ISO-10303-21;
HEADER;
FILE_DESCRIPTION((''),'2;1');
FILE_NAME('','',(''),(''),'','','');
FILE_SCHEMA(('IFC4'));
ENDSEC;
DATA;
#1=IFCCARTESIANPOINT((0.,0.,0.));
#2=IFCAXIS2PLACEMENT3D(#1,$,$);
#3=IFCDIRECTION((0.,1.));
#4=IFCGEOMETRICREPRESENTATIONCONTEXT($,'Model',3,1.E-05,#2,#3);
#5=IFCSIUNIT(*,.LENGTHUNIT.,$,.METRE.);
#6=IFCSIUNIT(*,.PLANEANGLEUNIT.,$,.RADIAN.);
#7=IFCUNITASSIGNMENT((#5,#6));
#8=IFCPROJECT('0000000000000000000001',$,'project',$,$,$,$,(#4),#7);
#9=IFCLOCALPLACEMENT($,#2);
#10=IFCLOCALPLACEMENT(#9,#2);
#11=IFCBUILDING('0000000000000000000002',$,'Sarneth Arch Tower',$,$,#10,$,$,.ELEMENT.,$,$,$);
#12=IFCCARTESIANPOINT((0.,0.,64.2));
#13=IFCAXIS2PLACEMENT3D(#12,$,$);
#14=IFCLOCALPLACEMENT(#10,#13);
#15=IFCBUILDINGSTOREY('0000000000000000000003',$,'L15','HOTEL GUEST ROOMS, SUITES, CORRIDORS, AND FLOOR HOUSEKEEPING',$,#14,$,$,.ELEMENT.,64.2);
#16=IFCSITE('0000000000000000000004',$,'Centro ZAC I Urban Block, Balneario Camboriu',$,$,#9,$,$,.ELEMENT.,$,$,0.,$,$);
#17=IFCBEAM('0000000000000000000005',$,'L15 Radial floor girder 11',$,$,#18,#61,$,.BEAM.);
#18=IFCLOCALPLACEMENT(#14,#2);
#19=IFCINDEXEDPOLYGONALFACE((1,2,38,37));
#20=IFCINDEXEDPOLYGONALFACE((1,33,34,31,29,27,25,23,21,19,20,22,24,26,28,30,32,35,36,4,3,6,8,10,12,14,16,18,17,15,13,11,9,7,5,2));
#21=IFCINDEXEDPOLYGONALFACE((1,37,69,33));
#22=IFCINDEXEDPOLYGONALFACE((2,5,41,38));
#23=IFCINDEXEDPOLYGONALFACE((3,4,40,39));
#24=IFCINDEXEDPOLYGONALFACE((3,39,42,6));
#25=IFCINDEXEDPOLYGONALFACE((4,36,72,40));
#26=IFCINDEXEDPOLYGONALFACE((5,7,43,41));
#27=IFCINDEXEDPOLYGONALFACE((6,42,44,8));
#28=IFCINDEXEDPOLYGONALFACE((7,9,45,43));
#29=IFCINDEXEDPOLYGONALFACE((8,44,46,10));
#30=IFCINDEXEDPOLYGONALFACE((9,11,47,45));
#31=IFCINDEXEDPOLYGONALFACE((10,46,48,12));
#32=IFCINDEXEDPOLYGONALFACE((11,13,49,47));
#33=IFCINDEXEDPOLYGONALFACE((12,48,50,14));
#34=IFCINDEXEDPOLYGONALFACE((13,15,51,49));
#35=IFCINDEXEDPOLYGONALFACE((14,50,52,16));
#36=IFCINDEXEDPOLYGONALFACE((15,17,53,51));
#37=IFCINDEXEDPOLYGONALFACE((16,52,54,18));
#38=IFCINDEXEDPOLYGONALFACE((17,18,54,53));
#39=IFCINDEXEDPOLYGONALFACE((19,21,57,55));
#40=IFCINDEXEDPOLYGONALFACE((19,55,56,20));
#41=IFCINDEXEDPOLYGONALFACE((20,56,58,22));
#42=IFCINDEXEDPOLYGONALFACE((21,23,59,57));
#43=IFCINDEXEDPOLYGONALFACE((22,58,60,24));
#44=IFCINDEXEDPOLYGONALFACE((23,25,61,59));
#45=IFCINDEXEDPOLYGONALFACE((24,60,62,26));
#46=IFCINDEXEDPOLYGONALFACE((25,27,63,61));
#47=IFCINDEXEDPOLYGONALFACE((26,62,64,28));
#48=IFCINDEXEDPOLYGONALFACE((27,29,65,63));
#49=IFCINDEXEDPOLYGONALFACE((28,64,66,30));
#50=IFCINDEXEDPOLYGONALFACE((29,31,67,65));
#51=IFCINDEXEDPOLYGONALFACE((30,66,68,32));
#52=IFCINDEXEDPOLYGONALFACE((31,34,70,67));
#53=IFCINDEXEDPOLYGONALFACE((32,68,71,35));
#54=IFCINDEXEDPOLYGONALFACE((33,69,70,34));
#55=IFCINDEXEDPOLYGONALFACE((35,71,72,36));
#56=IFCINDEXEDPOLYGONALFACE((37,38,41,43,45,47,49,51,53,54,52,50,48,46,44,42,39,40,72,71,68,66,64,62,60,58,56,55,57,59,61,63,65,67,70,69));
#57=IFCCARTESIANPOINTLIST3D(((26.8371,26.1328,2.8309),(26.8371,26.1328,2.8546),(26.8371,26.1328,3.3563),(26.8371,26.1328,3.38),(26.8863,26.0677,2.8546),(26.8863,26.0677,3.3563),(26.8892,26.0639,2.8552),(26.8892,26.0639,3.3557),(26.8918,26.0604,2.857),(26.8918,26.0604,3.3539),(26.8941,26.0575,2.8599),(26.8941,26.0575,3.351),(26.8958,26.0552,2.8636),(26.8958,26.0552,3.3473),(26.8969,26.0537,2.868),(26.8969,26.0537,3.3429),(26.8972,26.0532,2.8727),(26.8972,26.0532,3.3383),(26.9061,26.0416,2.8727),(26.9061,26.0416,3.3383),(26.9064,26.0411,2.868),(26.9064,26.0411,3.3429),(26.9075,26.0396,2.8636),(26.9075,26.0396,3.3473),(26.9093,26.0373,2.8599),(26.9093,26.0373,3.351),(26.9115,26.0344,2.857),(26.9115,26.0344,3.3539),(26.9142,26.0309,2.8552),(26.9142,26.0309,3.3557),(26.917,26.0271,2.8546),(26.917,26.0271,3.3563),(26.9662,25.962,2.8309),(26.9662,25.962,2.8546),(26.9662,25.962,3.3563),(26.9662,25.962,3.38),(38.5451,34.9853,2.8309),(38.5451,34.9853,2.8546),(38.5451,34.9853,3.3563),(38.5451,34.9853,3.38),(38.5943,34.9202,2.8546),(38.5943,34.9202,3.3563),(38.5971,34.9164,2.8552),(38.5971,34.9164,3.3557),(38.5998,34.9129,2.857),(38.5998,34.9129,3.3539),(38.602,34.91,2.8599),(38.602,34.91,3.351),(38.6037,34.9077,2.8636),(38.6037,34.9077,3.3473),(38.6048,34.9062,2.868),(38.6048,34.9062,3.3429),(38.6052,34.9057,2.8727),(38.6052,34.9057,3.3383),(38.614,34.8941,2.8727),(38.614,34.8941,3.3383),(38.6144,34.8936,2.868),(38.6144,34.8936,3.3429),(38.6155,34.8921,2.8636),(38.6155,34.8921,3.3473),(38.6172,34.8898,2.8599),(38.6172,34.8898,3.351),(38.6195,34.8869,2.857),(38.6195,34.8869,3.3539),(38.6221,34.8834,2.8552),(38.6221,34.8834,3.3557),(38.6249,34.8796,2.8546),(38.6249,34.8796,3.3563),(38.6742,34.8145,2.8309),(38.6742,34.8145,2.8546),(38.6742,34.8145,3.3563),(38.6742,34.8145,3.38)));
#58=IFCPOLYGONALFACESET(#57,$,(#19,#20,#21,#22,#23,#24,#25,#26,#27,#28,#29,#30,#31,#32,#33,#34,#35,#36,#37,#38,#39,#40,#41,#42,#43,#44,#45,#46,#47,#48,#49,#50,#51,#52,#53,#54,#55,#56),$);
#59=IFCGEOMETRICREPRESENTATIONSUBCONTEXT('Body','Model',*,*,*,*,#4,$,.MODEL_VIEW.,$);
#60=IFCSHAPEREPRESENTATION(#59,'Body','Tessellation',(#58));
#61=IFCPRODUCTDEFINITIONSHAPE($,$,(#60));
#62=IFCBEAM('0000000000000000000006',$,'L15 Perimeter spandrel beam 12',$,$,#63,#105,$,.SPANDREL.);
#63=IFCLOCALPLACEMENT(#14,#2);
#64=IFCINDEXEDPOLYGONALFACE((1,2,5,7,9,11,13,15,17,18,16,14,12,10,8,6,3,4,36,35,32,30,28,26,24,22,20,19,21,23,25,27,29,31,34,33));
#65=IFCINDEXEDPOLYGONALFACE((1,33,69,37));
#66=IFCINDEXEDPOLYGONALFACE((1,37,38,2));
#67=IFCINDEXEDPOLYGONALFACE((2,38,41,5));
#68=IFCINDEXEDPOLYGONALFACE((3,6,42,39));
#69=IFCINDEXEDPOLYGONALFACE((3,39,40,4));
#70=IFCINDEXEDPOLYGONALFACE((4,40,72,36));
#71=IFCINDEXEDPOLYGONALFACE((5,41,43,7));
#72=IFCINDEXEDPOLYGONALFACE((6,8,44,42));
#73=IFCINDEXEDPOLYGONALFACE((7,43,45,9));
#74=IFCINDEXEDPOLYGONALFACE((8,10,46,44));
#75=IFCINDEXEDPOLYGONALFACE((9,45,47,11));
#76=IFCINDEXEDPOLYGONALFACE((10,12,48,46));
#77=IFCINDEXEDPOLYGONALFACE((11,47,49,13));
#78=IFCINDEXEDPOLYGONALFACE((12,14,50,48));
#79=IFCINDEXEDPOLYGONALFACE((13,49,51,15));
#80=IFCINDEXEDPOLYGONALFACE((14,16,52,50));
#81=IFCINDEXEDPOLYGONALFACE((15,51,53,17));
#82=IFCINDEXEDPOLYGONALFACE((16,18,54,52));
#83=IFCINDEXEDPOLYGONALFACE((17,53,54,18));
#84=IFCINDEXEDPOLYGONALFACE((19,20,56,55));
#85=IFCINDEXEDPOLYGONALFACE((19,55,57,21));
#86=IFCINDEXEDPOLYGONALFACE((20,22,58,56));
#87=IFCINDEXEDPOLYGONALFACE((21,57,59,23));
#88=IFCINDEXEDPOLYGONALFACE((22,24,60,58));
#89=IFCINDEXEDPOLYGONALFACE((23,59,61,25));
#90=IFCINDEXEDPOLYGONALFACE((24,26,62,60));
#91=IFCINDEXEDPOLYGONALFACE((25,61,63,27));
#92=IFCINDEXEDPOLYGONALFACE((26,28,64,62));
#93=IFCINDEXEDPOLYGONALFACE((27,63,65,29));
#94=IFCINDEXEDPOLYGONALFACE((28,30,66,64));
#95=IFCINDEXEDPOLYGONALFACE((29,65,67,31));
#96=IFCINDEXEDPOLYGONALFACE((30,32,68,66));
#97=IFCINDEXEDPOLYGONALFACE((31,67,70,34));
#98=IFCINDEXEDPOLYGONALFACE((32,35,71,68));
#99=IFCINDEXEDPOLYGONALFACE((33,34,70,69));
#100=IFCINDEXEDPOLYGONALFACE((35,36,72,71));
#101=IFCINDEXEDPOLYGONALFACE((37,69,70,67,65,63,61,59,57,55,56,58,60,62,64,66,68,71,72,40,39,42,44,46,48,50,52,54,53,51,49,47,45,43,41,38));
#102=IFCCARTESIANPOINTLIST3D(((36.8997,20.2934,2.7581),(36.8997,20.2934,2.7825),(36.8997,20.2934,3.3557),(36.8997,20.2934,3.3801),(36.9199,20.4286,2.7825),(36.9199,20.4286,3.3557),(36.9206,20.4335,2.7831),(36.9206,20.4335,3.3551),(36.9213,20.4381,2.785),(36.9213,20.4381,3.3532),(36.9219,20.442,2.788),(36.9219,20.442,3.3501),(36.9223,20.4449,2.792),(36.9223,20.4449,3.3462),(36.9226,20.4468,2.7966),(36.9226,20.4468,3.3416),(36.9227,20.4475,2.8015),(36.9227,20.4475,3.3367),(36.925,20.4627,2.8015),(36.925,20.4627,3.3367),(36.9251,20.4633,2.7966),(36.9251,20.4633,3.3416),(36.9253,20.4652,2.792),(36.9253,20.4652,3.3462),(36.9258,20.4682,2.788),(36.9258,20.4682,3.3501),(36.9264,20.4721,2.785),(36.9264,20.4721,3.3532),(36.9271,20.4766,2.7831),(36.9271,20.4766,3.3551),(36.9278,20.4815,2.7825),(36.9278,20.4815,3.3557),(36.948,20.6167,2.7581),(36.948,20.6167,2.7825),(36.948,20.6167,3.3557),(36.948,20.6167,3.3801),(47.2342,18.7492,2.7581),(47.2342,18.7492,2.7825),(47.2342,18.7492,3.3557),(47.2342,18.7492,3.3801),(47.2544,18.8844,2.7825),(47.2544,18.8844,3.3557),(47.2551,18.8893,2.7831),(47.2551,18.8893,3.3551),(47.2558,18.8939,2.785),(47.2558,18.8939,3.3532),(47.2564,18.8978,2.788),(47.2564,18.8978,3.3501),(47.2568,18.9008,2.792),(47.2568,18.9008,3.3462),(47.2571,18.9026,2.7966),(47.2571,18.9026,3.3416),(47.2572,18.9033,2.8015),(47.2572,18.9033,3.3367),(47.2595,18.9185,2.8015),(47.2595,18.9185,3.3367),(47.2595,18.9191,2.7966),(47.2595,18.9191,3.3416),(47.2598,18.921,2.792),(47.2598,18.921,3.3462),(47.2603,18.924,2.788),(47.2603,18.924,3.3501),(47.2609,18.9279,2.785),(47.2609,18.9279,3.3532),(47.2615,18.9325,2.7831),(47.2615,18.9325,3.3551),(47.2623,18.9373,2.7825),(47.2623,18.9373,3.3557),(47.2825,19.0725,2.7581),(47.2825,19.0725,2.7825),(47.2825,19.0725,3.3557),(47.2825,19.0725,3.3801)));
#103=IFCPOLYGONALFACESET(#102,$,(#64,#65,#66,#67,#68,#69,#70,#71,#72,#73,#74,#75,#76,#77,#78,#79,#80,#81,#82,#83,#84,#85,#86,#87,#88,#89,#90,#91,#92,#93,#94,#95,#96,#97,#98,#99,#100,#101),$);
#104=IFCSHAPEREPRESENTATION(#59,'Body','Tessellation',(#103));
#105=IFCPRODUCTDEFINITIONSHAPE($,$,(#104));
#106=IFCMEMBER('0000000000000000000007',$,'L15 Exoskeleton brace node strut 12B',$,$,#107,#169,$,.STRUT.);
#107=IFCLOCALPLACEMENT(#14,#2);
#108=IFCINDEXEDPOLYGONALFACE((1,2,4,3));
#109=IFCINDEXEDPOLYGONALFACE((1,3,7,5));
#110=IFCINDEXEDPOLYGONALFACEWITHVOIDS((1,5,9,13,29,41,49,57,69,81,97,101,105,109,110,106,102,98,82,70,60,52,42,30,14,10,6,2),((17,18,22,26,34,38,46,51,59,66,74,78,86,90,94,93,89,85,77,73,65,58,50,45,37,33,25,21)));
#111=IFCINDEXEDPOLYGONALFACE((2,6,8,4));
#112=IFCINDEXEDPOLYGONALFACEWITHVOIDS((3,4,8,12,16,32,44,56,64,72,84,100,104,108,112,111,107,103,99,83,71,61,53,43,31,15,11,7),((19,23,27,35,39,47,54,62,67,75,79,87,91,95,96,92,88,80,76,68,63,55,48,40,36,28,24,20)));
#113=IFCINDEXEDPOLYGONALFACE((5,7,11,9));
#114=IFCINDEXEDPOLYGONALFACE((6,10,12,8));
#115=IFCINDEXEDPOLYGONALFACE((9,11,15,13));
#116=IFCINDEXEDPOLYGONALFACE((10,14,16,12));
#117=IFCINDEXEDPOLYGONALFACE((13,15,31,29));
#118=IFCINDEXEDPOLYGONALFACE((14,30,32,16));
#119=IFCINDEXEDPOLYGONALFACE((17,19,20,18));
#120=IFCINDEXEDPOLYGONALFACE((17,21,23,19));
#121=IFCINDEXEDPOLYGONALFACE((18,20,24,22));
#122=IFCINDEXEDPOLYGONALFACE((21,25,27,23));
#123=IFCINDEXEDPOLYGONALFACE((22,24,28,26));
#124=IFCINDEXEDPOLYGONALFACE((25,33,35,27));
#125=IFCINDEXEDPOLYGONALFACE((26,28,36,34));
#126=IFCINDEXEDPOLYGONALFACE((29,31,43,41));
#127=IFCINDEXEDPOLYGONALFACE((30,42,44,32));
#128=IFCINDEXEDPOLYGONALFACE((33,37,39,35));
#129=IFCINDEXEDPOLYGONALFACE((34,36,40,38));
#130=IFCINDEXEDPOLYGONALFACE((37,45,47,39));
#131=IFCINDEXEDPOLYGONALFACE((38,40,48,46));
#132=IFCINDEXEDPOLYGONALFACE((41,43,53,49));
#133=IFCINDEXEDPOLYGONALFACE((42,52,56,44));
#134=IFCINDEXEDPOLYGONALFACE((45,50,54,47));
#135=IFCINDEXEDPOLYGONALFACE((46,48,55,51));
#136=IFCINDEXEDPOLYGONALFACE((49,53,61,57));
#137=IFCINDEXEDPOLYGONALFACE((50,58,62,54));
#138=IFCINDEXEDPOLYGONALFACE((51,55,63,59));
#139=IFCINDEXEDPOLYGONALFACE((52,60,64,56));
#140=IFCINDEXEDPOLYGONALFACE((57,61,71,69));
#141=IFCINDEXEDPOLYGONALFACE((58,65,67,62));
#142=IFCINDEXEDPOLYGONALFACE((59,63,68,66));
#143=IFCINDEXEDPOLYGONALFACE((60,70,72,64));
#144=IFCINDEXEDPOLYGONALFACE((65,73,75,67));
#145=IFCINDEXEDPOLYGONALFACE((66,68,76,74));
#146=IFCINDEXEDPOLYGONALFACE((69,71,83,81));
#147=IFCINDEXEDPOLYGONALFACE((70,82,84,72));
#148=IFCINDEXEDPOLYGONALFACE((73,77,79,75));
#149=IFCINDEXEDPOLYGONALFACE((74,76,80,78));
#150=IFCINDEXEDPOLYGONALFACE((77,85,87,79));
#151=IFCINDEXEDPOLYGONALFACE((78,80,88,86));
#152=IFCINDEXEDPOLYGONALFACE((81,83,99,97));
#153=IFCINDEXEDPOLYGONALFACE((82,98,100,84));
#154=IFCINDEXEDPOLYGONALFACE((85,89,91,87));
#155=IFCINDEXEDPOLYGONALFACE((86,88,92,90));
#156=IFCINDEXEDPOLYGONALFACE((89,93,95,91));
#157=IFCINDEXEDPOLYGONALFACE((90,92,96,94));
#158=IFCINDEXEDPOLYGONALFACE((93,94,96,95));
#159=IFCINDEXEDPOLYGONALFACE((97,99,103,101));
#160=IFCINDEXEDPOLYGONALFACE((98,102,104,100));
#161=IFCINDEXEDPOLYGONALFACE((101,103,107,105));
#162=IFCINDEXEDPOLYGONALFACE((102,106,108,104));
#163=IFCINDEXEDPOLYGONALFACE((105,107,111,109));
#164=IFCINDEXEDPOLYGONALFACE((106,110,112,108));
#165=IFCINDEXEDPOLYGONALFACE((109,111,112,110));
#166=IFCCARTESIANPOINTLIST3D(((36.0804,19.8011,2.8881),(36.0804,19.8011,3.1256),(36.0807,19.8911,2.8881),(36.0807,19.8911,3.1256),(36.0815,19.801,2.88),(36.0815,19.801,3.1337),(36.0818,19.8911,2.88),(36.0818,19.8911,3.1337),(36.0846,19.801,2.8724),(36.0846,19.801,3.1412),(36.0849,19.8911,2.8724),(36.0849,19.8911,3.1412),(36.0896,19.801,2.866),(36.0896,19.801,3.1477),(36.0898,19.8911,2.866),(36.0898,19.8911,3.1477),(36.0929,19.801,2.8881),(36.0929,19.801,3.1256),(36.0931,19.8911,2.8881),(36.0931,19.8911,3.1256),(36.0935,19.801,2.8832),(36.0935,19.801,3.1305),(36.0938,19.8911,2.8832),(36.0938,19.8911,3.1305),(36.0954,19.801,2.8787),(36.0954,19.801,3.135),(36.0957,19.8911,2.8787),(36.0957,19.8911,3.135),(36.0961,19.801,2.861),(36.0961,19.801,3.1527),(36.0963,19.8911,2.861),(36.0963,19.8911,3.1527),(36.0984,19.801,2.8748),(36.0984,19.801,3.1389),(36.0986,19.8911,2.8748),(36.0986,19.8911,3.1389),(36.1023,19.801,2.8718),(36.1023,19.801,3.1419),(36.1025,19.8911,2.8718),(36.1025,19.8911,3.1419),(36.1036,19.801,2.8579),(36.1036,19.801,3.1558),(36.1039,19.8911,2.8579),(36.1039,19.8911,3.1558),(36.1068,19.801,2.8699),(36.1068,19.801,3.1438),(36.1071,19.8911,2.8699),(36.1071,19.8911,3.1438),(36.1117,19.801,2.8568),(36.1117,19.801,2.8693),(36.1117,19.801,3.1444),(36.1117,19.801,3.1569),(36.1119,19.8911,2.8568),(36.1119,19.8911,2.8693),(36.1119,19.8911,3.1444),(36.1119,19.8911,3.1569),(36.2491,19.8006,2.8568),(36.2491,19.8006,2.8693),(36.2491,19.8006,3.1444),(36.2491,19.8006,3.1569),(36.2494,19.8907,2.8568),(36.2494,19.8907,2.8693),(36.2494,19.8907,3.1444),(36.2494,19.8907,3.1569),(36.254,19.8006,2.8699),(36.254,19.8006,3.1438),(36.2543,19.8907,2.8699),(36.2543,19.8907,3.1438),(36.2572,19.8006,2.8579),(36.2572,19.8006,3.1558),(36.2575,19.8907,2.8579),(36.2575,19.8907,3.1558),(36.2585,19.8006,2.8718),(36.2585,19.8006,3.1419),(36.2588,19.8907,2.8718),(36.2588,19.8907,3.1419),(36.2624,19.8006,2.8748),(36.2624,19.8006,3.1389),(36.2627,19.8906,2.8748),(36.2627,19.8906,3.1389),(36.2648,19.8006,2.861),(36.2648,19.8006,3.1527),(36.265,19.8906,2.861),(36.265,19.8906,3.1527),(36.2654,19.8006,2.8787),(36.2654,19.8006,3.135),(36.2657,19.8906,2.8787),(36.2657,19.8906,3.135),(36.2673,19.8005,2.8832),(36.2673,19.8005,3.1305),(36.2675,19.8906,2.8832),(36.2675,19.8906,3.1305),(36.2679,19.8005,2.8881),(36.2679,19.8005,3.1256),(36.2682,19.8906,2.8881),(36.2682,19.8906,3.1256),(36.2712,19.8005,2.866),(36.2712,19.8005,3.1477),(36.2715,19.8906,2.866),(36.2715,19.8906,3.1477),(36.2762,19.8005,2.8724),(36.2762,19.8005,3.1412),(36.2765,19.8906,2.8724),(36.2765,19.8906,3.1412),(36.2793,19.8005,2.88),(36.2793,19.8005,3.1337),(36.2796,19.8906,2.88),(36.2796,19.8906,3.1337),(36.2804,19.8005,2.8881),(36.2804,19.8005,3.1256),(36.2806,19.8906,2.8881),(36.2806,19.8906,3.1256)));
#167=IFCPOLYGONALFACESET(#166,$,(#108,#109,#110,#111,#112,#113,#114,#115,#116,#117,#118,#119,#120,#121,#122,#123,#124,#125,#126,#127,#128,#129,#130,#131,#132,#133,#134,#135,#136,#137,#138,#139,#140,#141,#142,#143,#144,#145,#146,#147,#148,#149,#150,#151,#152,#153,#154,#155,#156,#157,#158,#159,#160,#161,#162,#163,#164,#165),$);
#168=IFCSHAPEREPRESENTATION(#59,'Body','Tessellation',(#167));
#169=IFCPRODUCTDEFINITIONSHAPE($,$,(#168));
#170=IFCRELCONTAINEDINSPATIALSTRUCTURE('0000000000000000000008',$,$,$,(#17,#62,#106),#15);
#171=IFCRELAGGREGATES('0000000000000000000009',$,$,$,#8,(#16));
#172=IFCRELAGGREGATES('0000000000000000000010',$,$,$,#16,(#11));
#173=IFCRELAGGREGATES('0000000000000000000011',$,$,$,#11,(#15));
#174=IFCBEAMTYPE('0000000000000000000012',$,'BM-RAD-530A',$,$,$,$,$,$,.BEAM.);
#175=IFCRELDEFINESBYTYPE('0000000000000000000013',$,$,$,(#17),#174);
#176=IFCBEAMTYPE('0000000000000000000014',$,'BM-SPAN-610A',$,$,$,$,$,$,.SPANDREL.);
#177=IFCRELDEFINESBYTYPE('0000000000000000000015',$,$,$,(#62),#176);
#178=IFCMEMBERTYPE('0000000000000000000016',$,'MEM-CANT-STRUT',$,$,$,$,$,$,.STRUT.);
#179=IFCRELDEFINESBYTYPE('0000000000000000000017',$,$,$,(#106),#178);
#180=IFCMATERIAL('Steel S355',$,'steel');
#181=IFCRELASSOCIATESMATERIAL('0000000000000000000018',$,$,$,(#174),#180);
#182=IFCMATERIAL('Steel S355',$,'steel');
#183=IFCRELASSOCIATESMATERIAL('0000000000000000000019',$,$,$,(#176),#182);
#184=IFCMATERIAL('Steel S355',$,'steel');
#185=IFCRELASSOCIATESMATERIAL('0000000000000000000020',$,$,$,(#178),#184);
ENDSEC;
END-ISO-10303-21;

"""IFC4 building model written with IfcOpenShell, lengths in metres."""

from ifc_helpers import new_model, si_unit, direction, frame, origin, origin_2d, place, context, subcontext, project, spatial, hollow_rectangle, i_section, extrude, material, material_profile, profile_set, type_object, element, save


model = new_model("IFC4")

# Units and contexts
model_context = context("Model", 3, precision=1e-05, world=origin(), true_north=direction((0.0, 1.0)))
body_context = subcontext(model_context, "Body", "Model", "MODEL_VIEW")
ifc_project = project(units=[si_unit("LENGTHUNIT", "METRE"), si_unit("PLANEANGLEUNIT", "RADIAN")], contexts=[model_context])

# Site, building, storey
site_placement = place(None, origin())
site = spatial("IfcSite", under=ifc_project, at=site_placement, Name="Centro ZAC I Urban Block, Balneario Camboriu", CompositionType="ELEMENT", RefElevation=0.0)
building_placement = place(site_placement, origin())
building = spatial("IfcBuilding", under=site, at=building_placement, Name="Sarneth Arch Tower", CompositionType="ELEMENT")
storey_placement = place(building_placement, frame((0.0, 0.0, 64.2)))
storey = spatial("IfcBuildingStorey", under=building, at=storey_placement, Name="L15", Description="HOTEL GUEST ROOMS, SUITES, CORRIDORS, AND FLOOR HOUSEKEEPING", CompositionType="ELEMENT", Elevation=64.2)

# Beams
ifc_material_1 = material(Name="Steel S355", Category="steel")
ifc_material_profile_1 = material_profile(ifc_material_1, i_section(OverallWidth=0.2141, OverallDepth=0.5491, WebThickness=0.0146, FlangeThickness=0.0237, FilletRadius=0.0181, at=origin_2d()), Name="W530x138")
ifc_profile_set_1 = profile_set([ifc_material_profile_1], Name="Steel S355")
beam_type_1 = type_object("IfcBeamType", Name="BM-RAD-530A", PredefinedType="BEAM", material=ifc_profile_set_1)
beam_1_placement = place(storey_placement, frame((38.6096, 34.8999, 3.1055), z_axis=(-0.797655, -0.603114, 0.0), x_axis=(0.603114, -0.797655, 0.0)))
element("IfcBeam", 1, at=beam_1_placement, inside=storey, type_object=beam_type_1, Name="L15 Radial floor girder 11", PredefinedType="BEAM", context=body_context, shape_type="SweptSolid", body=[
    extrude(i_section(OverallWidth=0.2141, OverallDepth=0.5491, WebThickness=0.0146, FlangeThickness=0.0237, FilletRadius=0.0181, at=origin_2d()), origin(), (0.0, 0.0, 1.0), 14.678),
])
ifc_material_2 = material(Name="Steel S355", Category="steel")
ifc_material_profile_2 = material_profile(ifc_material_2, i_section(OverallWidth=0.3269, OverallDepth=0.6221, WebThickness=0.0154, FlangeThickness=0.0244, FilletRadius=0.019, at=origin_2d()), Name="W610x195")
ifc_profile_set_2 = profile_set([ifc_material_profile_2], Name="Steel S355")
beam_type_2 = type_object("IfcBeamType", Name="BM-SPAN-610A", PredefinedType="SPANDREL", material=ifc_profile_set_2)
beam_2_placement = place(storey_placement, frame((36.9238, 20.4551, 3.0691), z_axis=(0.98902, -0.147781, 0.0), x_axis=(0.147781, 0.98902, 0.0)))
element("IfcBeam", 2, at=beam_2_placement, inside=storey, type_object=beam_type_2, Name="L15 Perimeter spandrel beam 12", PredefinedType="SPANDREL", context=body_context, shape_type="SweptSolid", body=[
    extrude(i_section(OverallWidth=0.3269, OverallDepth=0.6221, WebThickness=0.0154, FlangeThickness=0.0244, FilletRadius=0.019, at=origin_2d()), origin(), (0.0, 0.0, 1.0), 10.4492),
])

# Member
ifc_material_3 = material(Name="Steel S355", Category="steel")
ifc_material_profile_3 = material_profile(ifc_material_3, hollow_rectangle(XDim=0.2, YDim=0.3, WallThickness=0.0125, InnerFilletRadius=0.0188, OuterFilletRadius=0.0312, at=origin_2d()), Name="RHS300x200x12.5")
ifc_profile_set_3 = profile_set([ifc_material_profile_3], Name="Steel S355")
member_type_1 = type_object("IfcMemberType", Name="MEM-CANT-STRUT", PredefinedType="STRUT", material=ifc_profile_set_3)
member_1_placement = place(storey_placement, frame((36.1807, 19.8909, 3.0068), z_axis=(-0.00271, -0.999996, 0.0), x_axis=(0.999996, -0.00271, 0.0)))
element("IfcMember", 3, at=member_1_placement, inside=storey, type_object=member_type_1, Name="L15 Exoskeleton brace node strut 12B", PredefinedType="STRUT", context=body_context, shape_type="SweptSolid", body=[
    extrude(hollow_rectangle(XDim=0.2, YDim=0.3, WallThickness=0.0125, InnerFilletRadius=0.0188, OuterFilletRadius=0.0312, at=origin_2d()), origin(), (0.0, 0.0, 1.0), 0.0901),
])

save(model, "model.ifc")
